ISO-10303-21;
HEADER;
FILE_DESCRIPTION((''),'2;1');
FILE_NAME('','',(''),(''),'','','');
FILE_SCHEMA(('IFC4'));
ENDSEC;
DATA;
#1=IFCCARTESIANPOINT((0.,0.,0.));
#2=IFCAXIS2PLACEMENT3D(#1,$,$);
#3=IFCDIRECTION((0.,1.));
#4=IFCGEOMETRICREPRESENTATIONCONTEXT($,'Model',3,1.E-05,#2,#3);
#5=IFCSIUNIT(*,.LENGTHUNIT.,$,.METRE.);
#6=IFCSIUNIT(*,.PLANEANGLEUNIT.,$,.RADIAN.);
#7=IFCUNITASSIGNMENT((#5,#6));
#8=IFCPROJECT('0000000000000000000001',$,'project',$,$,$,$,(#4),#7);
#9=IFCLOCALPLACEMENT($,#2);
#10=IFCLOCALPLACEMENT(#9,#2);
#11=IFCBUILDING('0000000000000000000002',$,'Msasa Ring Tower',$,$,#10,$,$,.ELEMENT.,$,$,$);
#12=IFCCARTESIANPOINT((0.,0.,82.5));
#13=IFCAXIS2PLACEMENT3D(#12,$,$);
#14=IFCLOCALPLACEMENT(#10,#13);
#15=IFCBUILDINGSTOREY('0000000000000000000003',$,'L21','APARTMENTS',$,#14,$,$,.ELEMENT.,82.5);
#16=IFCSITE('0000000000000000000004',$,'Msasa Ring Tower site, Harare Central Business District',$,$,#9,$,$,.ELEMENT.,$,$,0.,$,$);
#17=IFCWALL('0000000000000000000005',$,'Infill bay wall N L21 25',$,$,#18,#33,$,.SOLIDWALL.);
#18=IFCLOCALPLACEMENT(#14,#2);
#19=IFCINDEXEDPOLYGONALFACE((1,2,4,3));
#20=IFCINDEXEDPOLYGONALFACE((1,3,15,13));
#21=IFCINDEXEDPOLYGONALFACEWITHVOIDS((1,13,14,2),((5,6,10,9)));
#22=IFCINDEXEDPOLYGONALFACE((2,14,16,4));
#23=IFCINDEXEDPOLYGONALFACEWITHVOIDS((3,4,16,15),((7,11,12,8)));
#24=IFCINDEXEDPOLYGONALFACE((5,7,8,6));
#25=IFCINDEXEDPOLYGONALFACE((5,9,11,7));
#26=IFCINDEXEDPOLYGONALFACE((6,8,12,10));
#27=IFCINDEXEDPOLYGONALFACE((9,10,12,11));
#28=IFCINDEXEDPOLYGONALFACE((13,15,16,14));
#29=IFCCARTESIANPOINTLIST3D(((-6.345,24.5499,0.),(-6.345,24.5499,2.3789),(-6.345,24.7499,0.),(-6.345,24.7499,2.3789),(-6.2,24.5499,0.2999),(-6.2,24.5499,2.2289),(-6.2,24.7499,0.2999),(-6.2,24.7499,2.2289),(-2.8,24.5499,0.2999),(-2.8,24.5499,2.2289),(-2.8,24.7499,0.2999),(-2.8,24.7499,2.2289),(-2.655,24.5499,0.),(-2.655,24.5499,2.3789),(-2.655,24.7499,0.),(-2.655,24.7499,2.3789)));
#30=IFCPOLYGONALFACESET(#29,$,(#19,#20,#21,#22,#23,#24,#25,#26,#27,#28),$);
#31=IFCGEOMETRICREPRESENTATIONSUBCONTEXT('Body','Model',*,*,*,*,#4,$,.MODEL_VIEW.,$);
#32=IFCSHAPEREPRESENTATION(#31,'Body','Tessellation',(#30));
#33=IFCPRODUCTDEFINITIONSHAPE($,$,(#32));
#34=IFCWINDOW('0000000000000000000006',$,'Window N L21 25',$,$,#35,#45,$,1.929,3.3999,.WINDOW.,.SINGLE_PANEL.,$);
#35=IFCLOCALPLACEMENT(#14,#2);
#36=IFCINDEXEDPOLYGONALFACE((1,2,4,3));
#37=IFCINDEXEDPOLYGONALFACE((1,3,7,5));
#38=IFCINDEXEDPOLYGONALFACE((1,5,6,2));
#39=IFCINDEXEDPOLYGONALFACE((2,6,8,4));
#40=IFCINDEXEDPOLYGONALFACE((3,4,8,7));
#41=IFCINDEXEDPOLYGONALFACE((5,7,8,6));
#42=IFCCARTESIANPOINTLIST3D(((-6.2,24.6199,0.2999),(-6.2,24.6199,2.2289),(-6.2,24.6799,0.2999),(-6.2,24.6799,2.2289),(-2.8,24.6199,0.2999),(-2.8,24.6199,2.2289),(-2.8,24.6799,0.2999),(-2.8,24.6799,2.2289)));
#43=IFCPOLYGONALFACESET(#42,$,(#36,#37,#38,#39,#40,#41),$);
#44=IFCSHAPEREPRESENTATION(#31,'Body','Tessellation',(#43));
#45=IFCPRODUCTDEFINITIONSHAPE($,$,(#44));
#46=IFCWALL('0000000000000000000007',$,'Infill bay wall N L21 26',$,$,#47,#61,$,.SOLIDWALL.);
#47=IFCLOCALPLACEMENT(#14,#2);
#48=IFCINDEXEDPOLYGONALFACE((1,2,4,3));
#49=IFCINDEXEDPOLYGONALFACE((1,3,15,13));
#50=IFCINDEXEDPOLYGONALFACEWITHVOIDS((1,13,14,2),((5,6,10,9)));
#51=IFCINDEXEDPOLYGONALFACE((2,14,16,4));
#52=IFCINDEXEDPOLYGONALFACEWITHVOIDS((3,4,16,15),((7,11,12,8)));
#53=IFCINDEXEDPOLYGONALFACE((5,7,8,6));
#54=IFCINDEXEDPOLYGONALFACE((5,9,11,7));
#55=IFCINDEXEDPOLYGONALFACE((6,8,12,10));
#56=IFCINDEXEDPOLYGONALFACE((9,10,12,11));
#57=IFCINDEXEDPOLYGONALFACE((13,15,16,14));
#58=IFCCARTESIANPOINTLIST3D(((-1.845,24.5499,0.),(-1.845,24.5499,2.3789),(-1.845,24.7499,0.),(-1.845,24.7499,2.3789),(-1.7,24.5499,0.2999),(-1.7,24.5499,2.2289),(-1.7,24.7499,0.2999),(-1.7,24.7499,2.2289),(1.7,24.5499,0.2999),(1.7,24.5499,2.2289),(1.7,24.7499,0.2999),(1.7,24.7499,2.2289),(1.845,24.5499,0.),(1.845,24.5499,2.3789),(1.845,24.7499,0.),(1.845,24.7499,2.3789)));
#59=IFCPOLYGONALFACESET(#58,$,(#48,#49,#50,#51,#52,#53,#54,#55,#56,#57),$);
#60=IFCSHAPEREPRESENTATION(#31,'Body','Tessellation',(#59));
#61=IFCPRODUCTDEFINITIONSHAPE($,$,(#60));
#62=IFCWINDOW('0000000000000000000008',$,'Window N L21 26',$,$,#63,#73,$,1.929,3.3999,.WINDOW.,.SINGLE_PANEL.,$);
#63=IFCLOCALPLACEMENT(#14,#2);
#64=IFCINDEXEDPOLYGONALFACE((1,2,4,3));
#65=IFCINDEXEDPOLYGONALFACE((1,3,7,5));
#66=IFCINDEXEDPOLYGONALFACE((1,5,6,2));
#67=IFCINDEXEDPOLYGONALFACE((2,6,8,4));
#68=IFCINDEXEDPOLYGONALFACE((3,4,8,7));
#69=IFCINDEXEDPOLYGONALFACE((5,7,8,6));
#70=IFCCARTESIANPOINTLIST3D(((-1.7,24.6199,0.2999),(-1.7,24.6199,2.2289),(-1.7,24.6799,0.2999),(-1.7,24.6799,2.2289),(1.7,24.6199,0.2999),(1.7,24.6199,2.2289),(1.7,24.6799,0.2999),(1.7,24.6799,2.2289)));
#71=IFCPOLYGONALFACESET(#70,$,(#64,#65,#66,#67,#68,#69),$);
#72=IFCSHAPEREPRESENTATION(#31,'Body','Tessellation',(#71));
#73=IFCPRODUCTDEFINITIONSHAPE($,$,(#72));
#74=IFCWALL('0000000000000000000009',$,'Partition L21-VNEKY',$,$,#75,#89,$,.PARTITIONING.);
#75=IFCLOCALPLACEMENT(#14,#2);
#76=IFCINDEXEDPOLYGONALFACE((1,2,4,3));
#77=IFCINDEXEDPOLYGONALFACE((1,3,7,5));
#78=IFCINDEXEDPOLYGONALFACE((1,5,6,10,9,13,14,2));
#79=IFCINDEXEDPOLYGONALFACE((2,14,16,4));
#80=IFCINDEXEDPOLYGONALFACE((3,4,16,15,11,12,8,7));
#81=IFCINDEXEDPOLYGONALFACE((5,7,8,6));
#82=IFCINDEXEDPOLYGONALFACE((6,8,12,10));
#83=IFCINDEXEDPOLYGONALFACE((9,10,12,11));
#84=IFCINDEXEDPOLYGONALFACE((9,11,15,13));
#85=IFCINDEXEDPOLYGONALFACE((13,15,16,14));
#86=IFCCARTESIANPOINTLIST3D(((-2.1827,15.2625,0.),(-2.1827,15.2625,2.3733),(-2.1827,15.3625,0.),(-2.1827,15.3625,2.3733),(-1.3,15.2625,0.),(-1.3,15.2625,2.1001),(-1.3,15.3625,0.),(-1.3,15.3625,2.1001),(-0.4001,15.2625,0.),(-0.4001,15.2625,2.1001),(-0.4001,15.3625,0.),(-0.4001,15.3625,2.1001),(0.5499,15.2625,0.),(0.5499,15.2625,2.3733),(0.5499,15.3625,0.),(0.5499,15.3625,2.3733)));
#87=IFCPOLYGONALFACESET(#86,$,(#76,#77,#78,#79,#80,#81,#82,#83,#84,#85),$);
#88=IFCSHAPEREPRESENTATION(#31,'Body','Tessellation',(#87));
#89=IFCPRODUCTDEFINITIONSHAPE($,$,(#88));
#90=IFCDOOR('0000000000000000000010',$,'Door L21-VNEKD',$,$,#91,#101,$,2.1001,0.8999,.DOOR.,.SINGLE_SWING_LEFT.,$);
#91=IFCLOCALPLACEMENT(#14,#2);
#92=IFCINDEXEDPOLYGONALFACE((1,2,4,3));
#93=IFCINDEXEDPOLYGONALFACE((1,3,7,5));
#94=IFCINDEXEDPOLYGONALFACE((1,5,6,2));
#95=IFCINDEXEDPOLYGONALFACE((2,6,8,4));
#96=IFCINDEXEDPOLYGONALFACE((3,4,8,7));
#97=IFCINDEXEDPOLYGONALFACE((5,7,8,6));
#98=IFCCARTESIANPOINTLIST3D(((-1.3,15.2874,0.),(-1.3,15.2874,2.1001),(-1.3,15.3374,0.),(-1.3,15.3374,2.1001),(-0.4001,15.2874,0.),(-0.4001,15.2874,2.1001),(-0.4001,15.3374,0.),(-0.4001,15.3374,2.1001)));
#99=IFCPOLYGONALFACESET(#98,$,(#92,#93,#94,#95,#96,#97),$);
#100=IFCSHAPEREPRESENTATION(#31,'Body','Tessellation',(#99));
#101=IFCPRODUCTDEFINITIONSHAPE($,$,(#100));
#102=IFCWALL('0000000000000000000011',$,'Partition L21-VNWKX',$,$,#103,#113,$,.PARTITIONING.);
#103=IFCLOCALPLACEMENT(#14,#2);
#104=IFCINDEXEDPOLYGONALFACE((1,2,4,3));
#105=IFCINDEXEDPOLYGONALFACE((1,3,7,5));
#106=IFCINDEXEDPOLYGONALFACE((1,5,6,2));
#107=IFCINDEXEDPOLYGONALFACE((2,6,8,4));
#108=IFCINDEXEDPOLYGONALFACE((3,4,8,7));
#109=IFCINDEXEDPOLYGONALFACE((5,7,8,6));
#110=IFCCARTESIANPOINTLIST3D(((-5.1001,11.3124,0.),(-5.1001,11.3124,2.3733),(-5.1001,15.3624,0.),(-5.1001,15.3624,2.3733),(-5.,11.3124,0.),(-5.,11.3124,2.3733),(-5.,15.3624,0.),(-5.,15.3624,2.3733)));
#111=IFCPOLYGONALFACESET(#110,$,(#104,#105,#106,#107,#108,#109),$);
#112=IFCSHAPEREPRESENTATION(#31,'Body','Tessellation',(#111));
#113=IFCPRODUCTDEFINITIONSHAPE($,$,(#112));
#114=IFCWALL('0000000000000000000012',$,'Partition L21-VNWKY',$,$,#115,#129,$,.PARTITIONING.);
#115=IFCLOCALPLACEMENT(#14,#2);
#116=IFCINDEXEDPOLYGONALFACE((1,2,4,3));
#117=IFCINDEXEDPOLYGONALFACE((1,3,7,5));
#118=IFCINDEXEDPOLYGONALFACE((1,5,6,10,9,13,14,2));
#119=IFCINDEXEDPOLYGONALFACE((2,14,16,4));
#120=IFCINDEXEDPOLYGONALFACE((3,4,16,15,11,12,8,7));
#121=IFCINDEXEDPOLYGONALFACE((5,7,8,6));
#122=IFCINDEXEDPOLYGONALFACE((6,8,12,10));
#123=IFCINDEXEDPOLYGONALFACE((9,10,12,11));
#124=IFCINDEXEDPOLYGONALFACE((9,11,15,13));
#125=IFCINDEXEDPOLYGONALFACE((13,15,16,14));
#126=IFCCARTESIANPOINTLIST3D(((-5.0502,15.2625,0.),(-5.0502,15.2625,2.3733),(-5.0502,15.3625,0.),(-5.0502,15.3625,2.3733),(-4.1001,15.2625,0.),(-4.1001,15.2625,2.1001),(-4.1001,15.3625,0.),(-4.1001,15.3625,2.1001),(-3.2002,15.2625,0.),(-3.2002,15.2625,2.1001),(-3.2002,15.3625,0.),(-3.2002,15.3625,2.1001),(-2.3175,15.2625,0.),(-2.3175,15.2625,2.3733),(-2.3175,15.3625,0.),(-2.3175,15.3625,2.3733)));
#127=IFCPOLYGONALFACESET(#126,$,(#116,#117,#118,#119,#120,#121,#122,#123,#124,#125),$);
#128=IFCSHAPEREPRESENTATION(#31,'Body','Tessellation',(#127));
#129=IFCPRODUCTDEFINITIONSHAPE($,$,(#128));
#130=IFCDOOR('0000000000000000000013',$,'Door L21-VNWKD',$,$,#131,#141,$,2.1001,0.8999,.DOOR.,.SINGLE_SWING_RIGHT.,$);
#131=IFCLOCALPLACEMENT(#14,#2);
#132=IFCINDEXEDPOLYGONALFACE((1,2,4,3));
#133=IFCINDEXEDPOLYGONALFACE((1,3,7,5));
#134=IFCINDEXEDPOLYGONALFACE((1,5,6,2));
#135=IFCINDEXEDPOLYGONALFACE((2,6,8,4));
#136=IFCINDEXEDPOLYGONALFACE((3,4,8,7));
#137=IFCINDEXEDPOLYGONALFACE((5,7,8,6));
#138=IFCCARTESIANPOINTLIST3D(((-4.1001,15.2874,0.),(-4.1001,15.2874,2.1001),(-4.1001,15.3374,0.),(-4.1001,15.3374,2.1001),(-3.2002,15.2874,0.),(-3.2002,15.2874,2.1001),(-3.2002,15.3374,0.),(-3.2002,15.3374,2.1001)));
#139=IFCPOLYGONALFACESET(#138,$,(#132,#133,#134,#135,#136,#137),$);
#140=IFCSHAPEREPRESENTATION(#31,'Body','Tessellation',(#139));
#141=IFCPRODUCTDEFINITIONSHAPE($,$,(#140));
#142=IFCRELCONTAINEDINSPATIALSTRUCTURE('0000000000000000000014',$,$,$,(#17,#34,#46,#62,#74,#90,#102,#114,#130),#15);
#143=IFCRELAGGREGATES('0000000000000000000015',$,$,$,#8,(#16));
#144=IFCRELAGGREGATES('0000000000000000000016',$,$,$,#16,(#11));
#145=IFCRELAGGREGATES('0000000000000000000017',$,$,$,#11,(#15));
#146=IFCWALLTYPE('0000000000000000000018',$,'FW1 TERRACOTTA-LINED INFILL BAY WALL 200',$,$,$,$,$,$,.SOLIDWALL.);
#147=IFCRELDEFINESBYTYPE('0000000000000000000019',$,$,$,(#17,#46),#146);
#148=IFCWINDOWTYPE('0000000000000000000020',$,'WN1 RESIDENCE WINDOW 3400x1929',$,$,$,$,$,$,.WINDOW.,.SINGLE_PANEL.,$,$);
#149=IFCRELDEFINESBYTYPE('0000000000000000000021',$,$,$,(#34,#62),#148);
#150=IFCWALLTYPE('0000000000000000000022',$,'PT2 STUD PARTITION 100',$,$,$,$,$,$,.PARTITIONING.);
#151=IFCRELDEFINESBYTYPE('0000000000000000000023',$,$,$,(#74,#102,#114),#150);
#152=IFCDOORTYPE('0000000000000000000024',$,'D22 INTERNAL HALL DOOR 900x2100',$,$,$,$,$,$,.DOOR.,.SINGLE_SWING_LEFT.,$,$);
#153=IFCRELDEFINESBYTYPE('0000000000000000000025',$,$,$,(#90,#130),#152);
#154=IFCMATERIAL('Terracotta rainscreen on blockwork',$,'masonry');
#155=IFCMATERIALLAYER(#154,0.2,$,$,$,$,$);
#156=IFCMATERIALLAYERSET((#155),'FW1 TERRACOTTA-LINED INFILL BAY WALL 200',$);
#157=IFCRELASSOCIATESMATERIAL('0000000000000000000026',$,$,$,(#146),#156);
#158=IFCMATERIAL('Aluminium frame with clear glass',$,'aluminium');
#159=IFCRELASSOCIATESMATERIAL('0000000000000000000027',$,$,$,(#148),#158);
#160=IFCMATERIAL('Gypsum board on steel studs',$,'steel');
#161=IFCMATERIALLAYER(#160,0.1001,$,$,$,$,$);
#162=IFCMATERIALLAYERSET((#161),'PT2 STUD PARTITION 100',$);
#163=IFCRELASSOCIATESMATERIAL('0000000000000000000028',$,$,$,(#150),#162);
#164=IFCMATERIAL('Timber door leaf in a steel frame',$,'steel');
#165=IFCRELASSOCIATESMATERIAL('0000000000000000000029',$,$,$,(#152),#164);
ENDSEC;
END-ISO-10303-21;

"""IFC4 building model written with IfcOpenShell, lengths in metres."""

from ifc_helpers import new_model, si_unit, direction, frame, frame_2d, origin, place, context, subcontext, project, spatial, rectangle, extrude, material, layer, layer_set, type_object, element, fill, save


model = new_model("IFC4")

# Units and contexts
model_context = context("Model", 3, precision=1e-05, world=origin(), true_north=direction((0.0, 1.0)))
body_context = subcontext(model_context, "Body", "Model", "MODEL_VIEW")
ifc_project = project(units=[si_unit("LENGTHUNIT", "METRE"), si_unit("PLANEANGLEUNIT", "RADIAN")], contexts=[model_context])

# Site, building, storey
site_placement = place(None, origin())
site = spatial("IfcSite", under=ifc_project, at=site_placement, Name="Msasa Ring Tower site, Harare Central Business District", CompositionType="ELEMENT", RefElevation=0.0)
building_placement = place(site_placement, origin())
building = spatial("IfcBuilding", under=site, at=building_placement, Name="Msasa Ring Tower", CompositionType="ELEMENT")
storey_placement = place(building_placement, frame((0.0, 0.0, 82.5)))
storey = spatial("IfcBuildingStorey", under=building, at=storey_placement, Name="L21", Description="APARTMENTS", CompositionType="ELEMENT", Elevation=82.5)

# Walls, openings, windows
ifc_material_1 = material(Name="Terracotta rainscreen on blockwork", Category="masonry")
ifc_layer_1 = layer(ifc_material_1, 0.2)
ifc_layer_set_1 = layer_set([ifc_layer_1], Name="FW1 TERRACOTTA-LINED INFILL BAY WALL 200")
wall_type_1 = type_object("IfcWallType", Name="FW1 TERRACOTTA-LINED INFILL BAY WALL 200", PredefinedType="SOLIDWALL", material=ifc_layer_set_1)
ifc_material_2 = material(Name="Aluminium frame with clear glass", Category="aluminium")
window_type = type_object("IfcWindowType", Name="WN1 RESIDENCE WINDOW 3400x1929", PartitioningType="SINGLE_PANEL", PredefinedType="WINDOW", material=ifc_material_2)
wall_1_placement = place(storey_placement, frame((-6.345, 24.6499, 0.0), z_axis=(0.0, 0.0, 1.0), x_axis=(1.0, 0.0, 0.0)))
wall_1 = element("IfcWall", 1, at=wall_1_placement, inside=storey, type_object=wall_type_1, Name="Infill bay wall N L21 25", PredefinedType="SOLIDWALL", context=body_context, shape_type="SweptSolid", body=[
    extrude(rectangle(XDim=3.6899, YDim=0.2, at=frame_2d((1.845, 0.0))), origin(), (0.0, 0.0, 1.0), 2.3789),
])
opening_1_placement = place(wall_1_placement, frame((0.145, 0.0, 0.3)))
opening_1 = element("IfcOpeningElement", 2, at=opening_1_placement, cuts=wall_1, PredefinedType="OPENING", context=body_context, shape_type="SweptSolid", body=[
    extrude(rectangle(XDim=3.3999, YDim=1.929, at=frame_2d((1.7, 0.9644))), frame((0.0, 0.1099, 0.0), z_axis=(0.0, -1.0, 0.0), x_axis=(1.0, 0.0, 0.0)), (0.0, 0.0, 1.0), 0.22),
])
window_1_placement = place(opening_1_placement, origin())
window_1 = element("IfcWindow", 3, at=window_1_placement, inside=storey, type_object=window_type, Name="Window N L21 25", OverallHeight=1.929, OverallWidth=3.3999, PartitioningType="SINGLE_PANEL", PredefinedType="WINDOW", context=body_context, shape_type="SweptSolid", body=[
    extrude(rectangle(XDim=3.3999, YDim=1.929, at=frame_2d((1.7, 0.9644))), frame((0.0, 0.03, 0.0), z_axis=(0.0, -1.0, 0.0), x_axis=(1.0, 0.0, 0.0)), (0.0, 0.0, 1.0), 0.0601),
])
fill(opening_1, window_1)
wall_2_placement = place(storey_placement, frame((-1.845, 24.6499, 0.0), z_axis=(0.0, 0.0, 1.0), x_axis=(1.0, 0.0, 0.0)))
wall_2 = element("IfcWall", 4, at=wall_2_placement, inside=storey, type_object=wall_type_1, Name="Infill bay wall N L21 26", PredefinedType="SOLIDWALL", context=body_context, shape_type="SweptSolid", body=[
    extrude(rectangle(XDim=3.6899, YDim=0.2, at=frame_2d((1.845, 0.0))), origin(), (0.0, 0.0, 1.0), 2.3789),
])
opening_2_placement = place(wall_2_placement, frame((0.145, 0.0, 0.3)))
opening_2 = element("IfcOpeningElement", 5, at=opening_2_placement, cuts=wall_2, PredefinedType="OPENING", context=body_context, shape_type="SweptSolid", body=[
    extrude(rectangle(XDim=3.3999, YDim=1.929, at=frame_2d((1.7, 0.9644))), frame((0.0, 0.1099, 0.0), z_axis=(0.0, -1.0, 0.0), x_axis=(1.0, 0.0, 0.0)), (0.0, 0.0, 1.0), 0.22),
])
window_2_placement = place(opening_2_placement, origin())
window_2 = element("IfcWindow", 6, at=window_2_placement, inside=storey, type_object=window_type, Name="Window N L21 26", OverallHeight=1.929, OverallWidth=3.3999, PartitioningType="SINGLE_PANEL", PredefinedType="WINDOW", context=body_context, shape_type="SweptSolid", body=[
    extrude(rectangle(XDim=3.3999, YDim=1.929, at=frame_2d((1.7, 0.9644))), frame((0.0, 0.03, 0.0), z_axis=(0.0, -1.0, 0.0), x_axis=(1.0, 0.0, 0.0)), (0.0, 0.0, 1.0), 0.0601),
])
fill(opening_2, window_2)

# Wall, opening, door
ifc_material_3 = material(Name="Gypsum board on steel studs", Category="steel")
ifc_layer_2 = layer(ifc_material_3, 0.1001)
ifc_layer_set_2 = layer_set([ifc_layer_2], Name="PT2 STUD PARTITION 100")
wall_type_2 = type_object("IfcWallType", Name="PT2 STUD PARTITION 100", PredefinedType="PARTITIONING", material=ifc_layer_set_2)
wall_3_placement = place(storey_placement, frame((-2.1826, 15.3125, 0.0), z_axis=(0.0, 0.0, 1.0), x_axis=(1.0, 0.0, 0.0)))
wall_3 = element("IfcWall", 7, at=wall_3_placement, inside=storey, type_object=wall_type_2, Name="Partition L21-VNEKY", PredefinedType="PARTITIONING", context=body_context, shape_type="SweptSolid", body=[
    extrude(rectangle(XDim=2.7327, YDim=0.1001, at=frame_2d((1.3662, 0.0))), origin(), (0.0, 0.0, 1.0), 2.3733),
])
opening_3_placement = place(wall_3_placement, frame((0.8826, 0.0, 0.0)))
opening_3 = element("IfcOpeningElement", 8, at=opening_3_placement, cuts=wall_3, PredefinedType="OPENING", context=body_context, shape_type="SweptSolid", body=[
    extrude(rectangle(XDim=0.8999, YDim=2.1001, at=frame_2d((0.45, 1.05))), frame((0.0, 0.0601, 0.0), z_axis=(0.0, -1.0, 0.0), x_axis=(1.0, 0.0, 0.0)), (0.0, 0.0, 1.0), 0.1201),
])
ifc_material_4 = material(Name="Timber door leaf in a steel frame", Category="steel")
door_type_1 = type_object("IfcDoorType", Name="D22 INTERNAL HALL DOOR 900x2100", OperationType="SINGLE_SWING_LEFT", PredefinedType="DOOR", material=ifc_material_4)
door_1_placement = place(opening_3_placement, origin())
door_1 = element("IfcDoor", 9, at=door_1_placement, inside=storey, type_object=door_type_1, Name="Door L21-VNEKD", OperationType="SINGLE_SWING_LEFT", OverallHeight=2.1001, OverallWidth=0.8999, PredefinedType="DOOR", context=body_context, shape_type="SweptSolid", body=[
    extrude(rectangle(XDim=0.8999, YDim=2.1001, at=frame_2d((0.45, 1.05))), frame((0.0, 0.0249, 0.0), z_axis=(0.0, -1.0, 0.0), x_axis=(1.0, 0.0, 0.0)), (0.0, 0.0, 1.0), 0.05),
])
fill(opening_3, door_1)

# Wall
wall_4_placement = place(storey_placement, frame((-5.05, 11.3125, 0.0), z_axis=(0.0, 0.0, 1.0), x_axis=(0.0, 1.0, 0.0)))
element("IfcWall", 10, at=wall_4_placement, inside=storey, type_object=wall_type_2, Name="Partition L21-VNWKX", PredefinedType="PARTITIONING", context=body_context, shape_type="SweptSolid", body=[
    extrude(rectangle(XDim=4.05, YDim=0.1001, at=frame_2d((2.0249, 0.0))), origin(), (0.0, 0.0, 1.0), 2.3733),
])

# Wall, opening, door
wall_5_placement = place(storey_placement, frame((-5.05, 15.3125, 0.0), z_axis=(0.0, 0.0, 1.0), x_axis=(1.0, 0.0, 0.0)))
wall_5 = element("IfcWall", 11, at=wall_5_placement, inside=storey, type_object=wall_type_2, Name="Partition L21-VNWKY", PredefinedType="PARTITIONING", context=body_context, shape_type="SweptSolid", body=[
    extrude(rectangle(XDim=2.7327, YDim=0.1001, at=frame_2d((1.3662, 0.0))), origin(), (0.0, 0.0, 1.0), 2.3733),
])
opening_4_placement = place(wall_5_placement, frame((0.95, 0.0, 0.0)))
opening_4 = element("IfcOpeningElement", 12, at=opening_4_placement, cuts=wall_5, PredefinedType="OPENING", context=body_context, shape_type="SweptSolid", body=[
    extrude(rectangle(XDim=0.8999, YDim=2.1001, at=frame_2d((0.45, 1.05))), frame((0.0, 0.0601, 0.0), z_axis=(0.0, -1.0, 0.0), x_axis=(1.0, 0.0, 0.0)), (0.0, 0.0, 1.0), 0.1201),
])
door_2_placement = place(opening_4_placement, origin())
door_2 = element("IfcDoor", 13, at=door_2_placement, inside=storey, type_object=door_type_1, Name="Door L21-VNWKD", OperationType="SINGLE_SWING_RIGHT", OverallHeight=2.1001, OverallWidth=0.8999, PredefinedType="DOOR", context=body_context, shape_type="SweptSolid", body=[
    extrude(rectangle(XDim=0.8999, YDim=2.1001, at=frame_2d((0.45, 1.05))), frame((0.0, 0.0249, 0.0), z_axis=(0.0, -1.0, 0.0), x_axis=(1.0, 0.0, 0.0)), (0.0, 0.0, 1.0), 0.05),
])
fill(opening_4, door_2)

save(model, "model.ifc")
